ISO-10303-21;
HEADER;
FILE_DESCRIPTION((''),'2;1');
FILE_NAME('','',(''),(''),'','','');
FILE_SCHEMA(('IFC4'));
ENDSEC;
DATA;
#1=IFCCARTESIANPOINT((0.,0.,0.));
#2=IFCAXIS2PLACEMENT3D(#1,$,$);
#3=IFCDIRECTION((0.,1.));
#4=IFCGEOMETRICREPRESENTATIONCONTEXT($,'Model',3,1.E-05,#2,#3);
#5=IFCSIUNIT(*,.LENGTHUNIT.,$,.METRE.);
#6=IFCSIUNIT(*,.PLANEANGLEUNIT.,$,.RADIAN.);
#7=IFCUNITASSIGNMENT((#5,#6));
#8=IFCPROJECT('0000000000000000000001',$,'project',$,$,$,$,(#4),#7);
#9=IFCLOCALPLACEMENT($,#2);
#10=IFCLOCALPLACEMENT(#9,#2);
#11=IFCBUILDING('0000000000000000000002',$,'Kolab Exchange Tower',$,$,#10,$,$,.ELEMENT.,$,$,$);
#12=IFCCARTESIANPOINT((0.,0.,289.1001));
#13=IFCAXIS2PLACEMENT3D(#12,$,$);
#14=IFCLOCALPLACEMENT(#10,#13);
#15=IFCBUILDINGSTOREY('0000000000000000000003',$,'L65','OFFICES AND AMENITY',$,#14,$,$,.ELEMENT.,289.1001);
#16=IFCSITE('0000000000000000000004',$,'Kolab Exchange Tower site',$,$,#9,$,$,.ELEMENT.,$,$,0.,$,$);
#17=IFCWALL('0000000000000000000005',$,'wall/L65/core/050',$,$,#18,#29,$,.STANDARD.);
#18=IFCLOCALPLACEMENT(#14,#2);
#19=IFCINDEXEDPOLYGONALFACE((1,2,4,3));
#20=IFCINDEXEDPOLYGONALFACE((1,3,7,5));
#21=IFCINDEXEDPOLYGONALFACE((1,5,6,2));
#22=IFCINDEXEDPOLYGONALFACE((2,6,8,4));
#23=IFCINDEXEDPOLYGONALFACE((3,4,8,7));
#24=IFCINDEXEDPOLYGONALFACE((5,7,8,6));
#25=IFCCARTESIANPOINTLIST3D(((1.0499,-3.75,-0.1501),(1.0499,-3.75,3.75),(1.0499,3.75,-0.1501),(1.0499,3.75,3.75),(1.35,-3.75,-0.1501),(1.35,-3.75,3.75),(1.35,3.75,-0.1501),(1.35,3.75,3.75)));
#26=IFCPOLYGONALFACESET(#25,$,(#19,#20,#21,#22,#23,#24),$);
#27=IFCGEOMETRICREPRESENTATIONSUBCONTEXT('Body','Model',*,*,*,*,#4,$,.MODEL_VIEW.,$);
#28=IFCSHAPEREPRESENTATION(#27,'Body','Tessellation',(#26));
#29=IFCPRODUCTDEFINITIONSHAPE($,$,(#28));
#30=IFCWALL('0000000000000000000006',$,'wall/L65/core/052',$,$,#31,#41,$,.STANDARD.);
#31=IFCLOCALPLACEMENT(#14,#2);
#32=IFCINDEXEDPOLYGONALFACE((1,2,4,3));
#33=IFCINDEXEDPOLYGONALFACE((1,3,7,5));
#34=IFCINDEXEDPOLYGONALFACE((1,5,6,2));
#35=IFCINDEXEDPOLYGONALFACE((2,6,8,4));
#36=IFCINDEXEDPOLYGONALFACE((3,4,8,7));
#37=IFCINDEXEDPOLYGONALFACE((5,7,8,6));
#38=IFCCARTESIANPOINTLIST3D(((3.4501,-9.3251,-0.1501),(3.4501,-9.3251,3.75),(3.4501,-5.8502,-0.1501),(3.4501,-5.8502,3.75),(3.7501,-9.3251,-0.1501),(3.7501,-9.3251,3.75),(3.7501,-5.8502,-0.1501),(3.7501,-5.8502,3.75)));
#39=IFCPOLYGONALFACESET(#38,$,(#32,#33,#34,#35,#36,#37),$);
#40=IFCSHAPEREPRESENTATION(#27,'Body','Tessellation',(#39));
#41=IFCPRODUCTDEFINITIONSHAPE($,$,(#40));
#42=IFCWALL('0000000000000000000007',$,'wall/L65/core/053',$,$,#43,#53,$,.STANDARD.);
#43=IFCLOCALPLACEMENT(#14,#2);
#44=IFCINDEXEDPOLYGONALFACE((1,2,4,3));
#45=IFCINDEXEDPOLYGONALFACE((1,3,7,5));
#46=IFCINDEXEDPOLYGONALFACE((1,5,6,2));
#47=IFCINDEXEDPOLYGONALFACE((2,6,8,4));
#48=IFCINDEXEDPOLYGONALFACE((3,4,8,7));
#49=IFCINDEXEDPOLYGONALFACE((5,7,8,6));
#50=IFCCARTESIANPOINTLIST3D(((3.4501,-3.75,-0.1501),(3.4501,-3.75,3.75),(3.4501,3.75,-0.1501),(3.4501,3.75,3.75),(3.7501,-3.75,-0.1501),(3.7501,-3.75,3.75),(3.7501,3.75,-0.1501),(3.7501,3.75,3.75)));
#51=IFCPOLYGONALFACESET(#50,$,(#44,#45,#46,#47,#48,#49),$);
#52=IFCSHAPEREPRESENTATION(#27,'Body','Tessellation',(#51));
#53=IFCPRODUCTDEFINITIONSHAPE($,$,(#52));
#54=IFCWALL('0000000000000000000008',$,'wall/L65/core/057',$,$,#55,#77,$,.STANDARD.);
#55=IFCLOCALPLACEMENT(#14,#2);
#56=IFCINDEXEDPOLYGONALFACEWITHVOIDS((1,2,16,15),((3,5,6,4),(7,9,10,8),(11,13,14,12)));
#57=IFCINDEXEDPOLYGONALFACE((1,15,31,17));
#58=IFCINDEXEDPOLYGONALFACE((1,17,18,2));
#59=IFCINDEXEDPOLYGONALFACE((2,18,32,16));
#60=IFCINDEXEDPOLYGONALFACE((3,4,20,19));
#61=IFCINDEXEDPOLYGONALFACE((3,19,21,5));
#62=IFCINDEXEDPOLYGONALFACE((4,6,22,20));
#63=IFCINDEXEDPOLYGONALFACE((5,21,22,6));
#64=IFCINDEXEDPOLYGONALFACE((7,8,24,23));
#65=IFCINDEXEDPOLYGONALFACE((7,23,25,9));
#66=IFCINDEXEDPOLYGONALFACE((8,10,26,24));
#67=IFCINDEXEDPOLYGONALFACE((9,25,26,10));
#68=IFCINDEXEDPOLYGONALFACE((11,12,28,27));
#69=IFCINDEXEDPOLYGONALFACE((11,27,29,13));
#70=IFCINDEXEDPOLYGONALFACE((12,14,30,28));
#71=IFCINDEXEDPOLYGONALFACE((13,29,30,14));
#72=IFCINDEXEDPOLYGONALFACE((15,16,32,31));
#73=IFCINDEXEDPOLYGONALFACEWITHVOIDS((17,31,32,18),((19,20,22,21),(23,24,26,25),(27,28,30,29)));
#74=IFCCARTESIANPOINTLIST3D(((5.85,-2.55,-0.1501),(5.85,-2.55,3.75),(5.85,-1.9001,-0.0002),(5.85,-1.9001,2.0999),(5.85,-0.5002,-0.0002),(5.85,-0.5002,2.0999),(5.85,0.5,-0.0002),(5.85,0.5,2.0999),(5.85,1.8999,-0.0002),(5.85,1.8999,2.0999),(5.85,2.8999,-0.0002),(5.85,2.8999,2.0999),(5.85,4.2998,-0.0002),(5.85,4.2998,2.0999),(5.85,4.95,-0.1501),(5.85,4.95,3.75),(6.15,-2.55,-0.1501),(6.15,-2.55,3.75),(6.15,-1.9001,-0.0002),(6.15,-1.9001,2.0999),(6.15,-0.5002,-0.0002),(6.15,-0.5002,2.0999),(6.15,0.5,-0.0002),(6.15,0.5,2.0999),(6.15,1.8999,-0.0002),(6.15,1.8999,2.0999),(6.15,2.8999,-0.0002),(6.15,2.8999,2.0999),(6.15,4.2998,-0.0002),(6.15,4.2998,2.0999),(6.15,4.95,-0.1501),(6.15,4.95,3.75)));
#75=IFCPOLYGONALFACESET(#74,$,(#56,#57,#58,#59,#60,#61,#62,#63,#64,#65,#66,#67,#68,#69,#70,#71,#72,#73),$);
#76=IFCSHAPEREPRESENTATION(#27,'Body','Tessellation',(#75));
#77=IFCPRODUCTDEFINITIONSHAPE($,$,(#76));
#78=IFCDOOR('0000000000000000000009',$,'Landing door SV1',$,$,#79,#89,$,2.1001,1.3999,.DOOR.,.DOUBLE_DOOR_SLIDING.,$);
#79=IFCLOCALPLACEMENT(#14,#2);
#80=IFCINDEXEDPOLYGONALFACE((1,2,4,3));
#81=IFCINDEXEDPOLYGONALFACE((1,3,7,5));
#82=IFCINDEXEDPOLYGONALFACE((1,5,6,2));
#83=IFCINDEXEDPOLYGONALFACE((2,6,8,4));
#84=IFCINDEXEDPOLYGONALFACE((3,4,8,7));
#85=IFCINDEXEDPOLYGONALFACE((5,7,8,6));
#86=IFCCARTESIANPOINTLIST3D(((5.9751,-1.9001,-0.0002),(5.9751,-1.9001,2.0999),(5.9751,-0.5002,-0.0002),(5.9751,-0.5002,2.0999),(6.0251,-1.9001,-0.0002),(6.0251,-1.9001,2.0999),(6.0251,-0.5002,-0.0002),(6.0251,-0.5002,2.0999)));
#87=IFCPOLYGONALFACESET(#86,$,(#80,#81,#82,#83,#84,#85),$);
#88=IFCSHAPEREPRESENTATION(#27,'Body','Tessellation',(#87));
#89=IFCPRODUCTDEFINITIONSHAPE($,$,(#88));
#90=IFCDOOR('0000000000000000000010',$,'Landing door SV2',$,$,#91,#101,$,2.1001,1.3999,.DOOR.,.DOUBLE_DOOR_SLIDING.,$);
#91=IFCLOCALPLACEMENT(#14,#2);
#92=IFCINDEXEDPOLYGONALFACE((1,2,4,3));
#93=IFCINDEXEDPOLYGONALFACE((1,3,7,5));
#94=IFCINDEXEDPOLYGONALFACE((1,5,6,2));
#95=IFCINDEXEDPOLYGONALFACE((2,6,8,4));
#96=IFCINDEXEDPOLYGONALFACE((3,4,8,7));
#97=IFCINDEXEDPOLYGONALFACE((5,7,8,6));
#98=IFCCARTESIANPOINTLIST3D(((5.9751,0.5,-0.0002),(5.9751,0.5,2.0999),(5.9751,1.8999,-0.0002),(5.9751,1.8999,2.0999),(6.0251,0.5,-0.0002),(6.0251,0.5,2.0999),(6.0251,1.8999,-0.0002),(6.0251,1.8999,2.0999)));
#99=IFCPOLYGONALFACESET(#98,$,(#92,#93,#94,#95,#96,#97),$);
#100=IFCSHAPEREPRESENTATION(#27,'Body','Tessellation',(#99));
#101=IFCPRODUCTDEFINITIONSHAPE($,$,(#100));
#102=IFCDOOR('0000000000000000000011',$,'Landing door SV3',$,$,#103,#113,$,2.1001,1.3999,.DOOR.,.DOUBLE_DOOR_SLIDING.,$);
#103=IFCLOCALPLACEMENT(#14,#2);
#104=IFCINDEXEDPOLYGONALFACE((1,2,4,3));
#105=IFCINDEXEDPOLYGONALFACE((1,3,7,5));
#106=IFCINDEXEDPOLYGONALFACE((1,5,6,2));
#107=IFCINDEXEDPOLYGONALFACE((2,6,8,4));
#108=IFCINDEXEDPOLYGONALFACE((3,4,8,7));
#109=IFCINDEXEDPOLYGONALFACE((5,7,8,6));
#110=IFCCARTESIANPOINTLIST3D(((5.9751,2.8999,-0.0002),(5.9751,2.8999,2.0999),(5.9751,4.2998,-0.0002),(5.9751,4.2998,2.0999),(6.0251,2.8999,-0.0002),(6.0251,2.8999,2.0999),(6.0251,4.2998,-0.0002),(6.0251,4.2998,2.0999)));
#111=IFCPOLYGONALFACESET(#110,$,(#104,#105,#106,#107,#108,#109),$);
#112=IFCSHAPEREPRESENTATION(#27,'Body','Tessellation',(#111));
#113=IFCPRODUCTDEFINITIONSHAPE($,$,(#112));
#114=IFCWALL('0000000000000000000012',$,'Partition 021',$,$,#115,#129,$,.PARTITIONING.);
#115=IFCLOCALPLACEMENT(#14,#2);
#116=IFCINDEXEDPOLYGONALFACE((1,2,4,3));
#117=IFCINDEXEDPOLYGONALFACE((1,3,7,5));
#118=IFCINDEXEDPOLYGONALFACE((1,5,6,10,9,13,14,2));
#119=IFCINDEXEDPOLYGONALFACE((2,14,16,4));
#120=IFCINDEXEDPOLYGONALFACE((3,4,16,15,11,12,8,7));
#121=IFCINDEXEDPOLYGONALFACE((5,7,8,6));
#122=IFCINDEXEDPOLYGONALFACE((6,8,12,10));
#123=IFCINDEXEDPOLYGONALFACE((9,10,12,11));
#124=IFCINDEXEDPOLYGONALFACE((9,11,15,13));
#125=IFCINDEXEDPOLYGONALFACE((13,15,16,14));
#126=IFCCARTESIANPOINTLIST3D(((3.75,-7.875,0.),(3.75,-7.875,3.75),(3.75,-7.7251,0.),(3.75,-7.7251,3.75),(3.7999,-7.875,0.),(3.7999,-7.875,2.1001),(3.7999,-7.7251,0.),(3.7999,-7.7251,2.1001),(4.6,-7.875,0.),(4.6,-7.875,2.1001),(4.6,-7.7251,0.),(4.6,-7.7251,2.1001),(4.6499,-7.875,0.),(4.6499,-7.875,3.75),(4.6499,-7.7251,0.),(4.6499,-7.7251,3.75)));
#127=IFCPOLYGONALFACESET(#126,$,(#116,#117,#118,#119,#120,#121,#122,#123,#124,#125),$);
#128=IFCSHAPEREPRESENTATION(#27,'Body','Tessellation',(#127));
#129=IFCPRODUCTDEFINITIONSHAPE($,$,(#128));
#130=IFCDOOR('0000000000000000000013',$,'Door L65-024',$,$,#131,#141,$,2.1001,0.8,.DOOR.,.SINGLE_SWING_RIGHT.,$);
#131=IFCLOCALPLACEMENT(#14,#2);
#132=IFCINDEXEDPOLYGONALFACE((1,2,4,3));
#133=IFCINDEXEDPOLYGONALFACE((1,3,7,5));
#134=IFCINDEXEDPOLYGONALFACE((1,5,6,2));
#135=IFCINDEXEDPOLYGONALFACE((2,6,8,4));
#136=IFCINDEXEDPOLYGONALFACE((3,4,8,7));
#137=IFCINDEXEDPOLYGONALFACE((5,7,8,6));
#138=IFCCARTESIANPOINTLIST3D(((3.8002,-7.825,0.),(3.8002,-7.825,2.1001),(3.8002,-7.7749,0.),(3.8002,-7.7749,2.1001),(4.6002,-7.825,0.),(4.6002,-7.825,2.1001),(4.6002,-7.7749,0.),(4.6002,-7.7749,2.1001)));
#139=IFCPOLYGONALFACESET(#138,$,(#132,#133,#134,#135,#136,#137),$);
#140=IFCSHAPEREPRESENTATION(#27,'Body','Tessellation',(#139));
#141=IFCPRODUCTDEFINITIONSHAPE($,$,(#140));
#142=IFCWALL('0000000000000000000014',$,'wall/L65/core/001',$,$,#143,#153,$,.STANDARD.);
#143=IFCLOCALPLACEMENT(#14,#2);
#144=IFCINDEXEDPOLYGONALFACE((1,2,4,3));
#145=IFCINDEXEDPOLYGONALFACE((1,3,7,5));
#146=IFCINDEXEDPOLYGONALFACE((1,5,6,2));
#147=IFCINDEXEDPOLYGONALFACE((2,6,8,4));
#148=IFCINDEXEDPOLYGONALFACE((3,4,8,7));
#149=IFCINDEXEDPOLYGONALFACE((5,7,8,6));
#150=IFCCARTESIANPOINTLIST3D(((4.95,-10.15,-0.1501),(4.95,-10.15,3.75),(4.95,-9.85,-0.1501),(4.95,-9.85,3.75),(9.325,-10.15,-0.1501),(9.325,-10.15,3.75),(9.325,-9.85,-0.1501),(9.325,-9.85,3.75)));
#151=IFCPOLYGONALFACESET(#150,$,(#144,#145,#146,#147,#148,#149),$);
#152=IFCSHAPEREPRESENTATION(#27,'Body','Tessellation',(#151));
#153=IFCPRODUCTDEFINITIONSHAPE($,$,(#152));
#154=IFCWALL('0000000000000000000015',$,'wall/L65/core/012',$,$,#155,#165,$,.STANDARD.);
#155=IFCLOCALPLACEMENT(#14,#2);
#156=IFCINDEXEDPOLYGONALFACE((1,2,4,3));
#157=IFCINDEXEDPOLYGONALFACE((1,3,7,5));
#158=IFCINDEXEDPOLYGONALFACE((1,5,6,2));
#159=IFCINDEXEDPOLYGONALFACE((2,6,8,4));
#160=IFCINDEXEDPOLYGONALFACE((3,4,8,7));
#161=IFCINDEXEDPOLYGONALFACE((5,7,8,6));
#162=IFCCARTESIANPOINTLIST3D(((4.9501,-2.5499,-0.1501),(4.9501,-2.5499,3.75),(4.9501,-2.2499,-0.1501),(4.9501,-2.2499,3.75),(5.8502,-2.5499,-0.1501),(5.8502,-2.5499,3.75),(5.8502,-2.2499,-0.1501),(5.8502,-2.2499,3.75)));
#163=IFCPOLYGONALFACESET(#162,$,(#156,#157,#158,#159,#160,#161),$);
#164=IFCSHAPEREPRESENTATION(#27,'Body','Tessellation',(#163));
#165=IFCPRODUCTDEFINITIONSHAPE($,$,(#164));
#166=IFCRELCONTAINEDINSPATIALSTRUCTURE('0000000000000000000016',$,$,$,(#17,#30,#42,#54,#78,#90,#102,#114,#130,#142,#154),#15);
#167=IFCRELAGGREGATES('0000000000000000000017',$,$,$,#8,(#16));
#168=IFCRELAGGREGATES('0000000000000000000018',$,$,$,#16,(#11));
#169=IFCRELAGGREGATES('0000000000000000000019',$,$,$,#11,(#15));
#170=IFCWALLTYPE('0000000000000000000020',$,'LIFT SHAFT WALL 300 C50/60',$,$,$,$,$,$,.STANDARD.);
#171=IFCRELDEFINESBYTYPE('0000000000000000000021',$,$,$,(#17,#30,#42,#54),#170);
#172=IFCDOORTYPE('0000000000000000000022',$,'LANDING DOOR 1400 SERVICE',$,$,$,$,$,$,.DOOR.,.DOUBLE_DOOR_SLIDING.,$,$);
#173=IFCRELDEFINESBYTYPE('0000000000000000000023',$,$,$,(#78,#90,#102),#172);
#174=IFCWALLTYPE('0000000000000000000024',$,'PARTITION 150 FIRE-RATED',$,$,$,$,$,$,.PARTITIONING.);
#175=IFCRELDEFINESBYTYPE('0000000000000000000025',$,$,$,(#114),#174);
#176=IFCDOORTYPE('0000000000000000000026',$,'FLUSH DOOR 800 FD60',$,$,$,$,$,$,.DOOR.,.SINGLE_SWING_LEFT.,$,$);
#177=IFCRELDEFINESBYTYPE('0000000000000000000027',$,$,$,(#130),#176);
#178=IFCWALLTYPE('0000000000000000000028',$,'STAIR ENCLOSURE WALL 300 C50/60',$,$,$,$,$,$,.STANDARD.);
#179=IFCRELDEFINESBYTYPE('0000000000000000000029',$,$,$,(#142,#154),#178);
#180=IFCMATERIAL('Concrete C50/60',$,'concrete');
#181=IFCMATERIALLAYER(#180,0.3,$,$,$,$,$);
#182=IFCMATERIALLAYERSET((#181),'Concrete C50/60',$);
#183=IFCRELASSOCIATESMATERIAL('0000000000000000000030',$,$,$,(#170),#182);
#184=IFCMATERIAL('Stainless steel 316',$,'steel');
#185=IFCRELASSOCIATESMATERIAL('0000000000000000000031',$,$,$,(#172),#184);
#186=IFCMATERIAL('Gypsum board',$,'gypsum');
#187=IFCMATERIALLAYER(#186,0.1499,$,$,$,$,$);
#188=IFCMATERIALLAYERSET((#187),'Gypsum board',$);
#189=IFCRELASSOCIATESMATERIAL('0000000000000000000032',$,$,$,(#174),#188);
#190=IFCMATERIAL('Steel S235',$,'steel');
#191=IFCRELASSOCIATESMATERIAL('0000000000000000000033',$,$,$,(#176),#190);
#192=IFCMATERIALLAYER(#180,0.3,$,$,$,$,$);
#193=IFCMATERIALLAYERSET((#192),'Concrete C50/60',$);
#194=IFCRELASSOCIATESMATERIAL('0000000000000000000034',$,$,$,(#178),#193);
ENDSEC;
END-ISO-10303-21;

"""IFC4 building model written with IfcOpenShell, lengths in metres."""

from ifc_helpers import new_model, si_unit, direction, frame, frame_2d, origin, place, context, subcontext, project, spatial, rectangle, extrude, material, layer, layer_set, type_object, element, fill, save


model = new_model("IFC4")

# Units and contexts
model_context = context("Model", 3, precision=1e-05, world=origin(), true_north=direction((0.0, 1.0)))
body_context = subcontext(model_context, "Body", "Model", "MODEL_VIEW")
ifc_project = project(units=[si_unit("LENGTHUNIT", "METRE"), si_unit("PLANEANGLEUNIT", "RADIAN")], contexts=[model_context])

# Site, building, storey
site_placement = place(None, origin())
site = spatial("IfcSite", under=ifc_project, at=site_placement, Name="Kolab Exchange Tower site", CompositionType="ELEMENT", RefElevation=0.0)
building_placement = place(site_placement, origin())
building = spatial("IfcBuilding", under=site, at=building_placement, Name="Kolab Exchange Tower", CompositionType="ELEMENT")
storey_placement = place(building_placement, frame((0.0, 0.0, 289.1001)))
storey = spatial("IfcBuildingStorey", under=building, at=storey_placement, Name="L65", Description="OFFICES AND AMENITY", CompositionType="ELEMENT", Elevation=289.1001)

# Shared definitions
ifc_material_1 = material(Name="Concrete C50/60", Category="concrete")
ifc_layer_1 = layer(ifc_material_1, 0.3)
ifc_layer_set_1 = layer_set([ifc_layer_1], Name="Concrete C50/60")
wall_type_1 = type_object("IfcWallType", Name="LIFT SHAFT WALL 300 C50/60", PredefinedType="STANDARD", material=ifc_layer_set_1)
ifc_material_2 = material(Name="Stainless steel 316", Category="steel")

# Walls
wall_1_placement = place(storey_placement, frame((1.2, -3.75, -0.1501), z_axis=(0.0, 0.0, 1.0), x_axis=(0.0, 1.0, 0.0)))
element("IfcWall", 1, at=wall_1_placement, inside=storey, type_object=wall_type_1, Name="wall/L65/core/050", PredefinedType="STANDARD", context=body_context, shape_type="SweptSolid", body=[
    extrude(rectangle(XDim=7.5, YDim=0.3, at=frame_2d((3.75, 0.0))), origin(), (0.0, 0.0, 1.0), 3.9001),
])
wall_2_placement = place(storey_placement, frame((3.6001, -9.325, -0.1501), z_axis=(0.0, 0.0, 1.0), x_axis=(0.0, 1.0, 0.0)))
element("IfcWall", 2, at=wall_2_placement, inside=storey, type_object=wall_type_1, Name="wall/L65/core/052", PredefinedType="STANDARD", context=body_context, shape_type="SweptSolid", body=[
    extrude(rectangle(XDim=3.4749, YDim=0.3, at=frame_2d((1.7373, 0.0))), origin(), (0.0, 0.0, 1.0), 3.9001),
])
wall_3_placement = place(storey_placement, frame((3.6001, -3.75, -0.1501), z_axis=(0.0, 0.0, 1.0), x_axis=(0.0, 1.0, 0.0)))
element("IfcWall", 3, at=wall_3_placement, inside=storey, type_object=wall_type_1, Name="wall/L65/core/053", PredefinedType="STANDARD", context=body_context, shape_type="SweptSolid", body=[
    extrude(rectangle(XDim=7.5, YDim=0.3, at=frame_2d((3.75, 0.0))), origin(), (0.0, 0.0, 1.0), 3.9001),
])

# Wall, openings, doors
wall_4_placement = place(storey_placement, frame((6.0, -2.55, -0.1501), z_axis=(0.0, 0.0, 1.0), x_axis=(0.0, 1.0, 0.0)))
wall_4 = element("IfcWall", 4, at=wall_4_placement, inside=storey, type_object=wall_type_1, Name="wall/L65/core/057", PredefinedType="STANDARD", context=body_context, shape_type="SweptSolid", body=[
    extrude(rectangle(XDim=7.5, YDim=0.3, at=frame_2d((3.75, 0.0))), origin(), (0.0, 0.0, 1.0), 3.9001),
])
opening_1_placement = place(wall_4_placement, frame((0.6499, 0.0, 0.1499)))
opening_1 = element("IfcOpeningElement", 5, at=opening_1_placement, cuts=wall_4, PredefinedType="OPENING", context=body_context, shape_type="SweptSolid", body=[
    extrude(rectangle(XDim=1.3999, YDim=2.1001, at=frame_2d((0.7, 1.05))), frame((0.0, 0.1602, 0.0), z_axis=(0.0, -1.0, 0.0), x_axis=(1.0, 0.0, 0.0)), (0.0, 0.0, 1.0), 0.3201),
])
opening_2_placement = place(wall_4_placement, frame((3.05, 0.0, 0.1499)))
opening_2 = element("IfcOpeningElement", 6, at=opening_2_placement, cuts=wall_4, PredefinedType="OPENING", context=body_context, shape_type="SweptSolid", body=[
    extrude(rectangle(XDim=1.3999, YDim=2.1001, at=frame_2d((0.7, 1.05))), frame((0.0, 0.1602, 0.0), z_axis=(0.0, -1.0, 0.0), x_axis=(1.0, 0.0, 0.0)), (0.0, 0.0, 1.0), 0.3201),
])
opening_3_placement = place(wall_4_placement, frame((5.45, 0.0, 0.1499)))
opening_3 = element("IfcOpeningElement", 7, at=opening_3_placement, cuts=wall_4, PredefinedType="OPENING", context=body_context, shape_type="SweptSolid", body=[
    extrude(rectangle(XDim=1.3999, YDim=2.1001, at=frame_2d((0.7, 1.05))), frame((0.0, 0.1602, 0.0), z_axis=(0.0, -1.0, 0.0), x_axis=(1.0, 0.0, 0.0)), (0.0, 0.0, 1.0), 0.3201),
])
door_type_1 = type_object("IfcDoorType", Name="LANDING DOOR 1400 SERVICE", OperationType="DOUBLE_DOOR_SLIDING", PredefinedType="DOOR", material=ifc_material_2)
door_1_placement = place(opening_1_placement, origin())
door_1 = element("IfcDoor", 8, at=door_1_placement, inside=storey, type_object=door_type_1, Name="Landing door SV1", OperationType="DOUBLE_DOOR_SLIDING", OverallHeight=2.1001, OverallWidth=1.3999, PredefinedType="DOOR", context=body_context, shape_type="SweptSolid", body=[
    extrude(rectangle(XDim=1.3999, YDim=2.1001, at=frame_2d((0.7, 1.05))), frame((0.0, 0.0249, 0.0), z_axis=(0.0, -1.0, 0.0), x_axis=(1.0, 0.0, 0.0)), (0.0, 0.0, 1.0), 0.05),
])
fill(opening_1, door_1)
door_2_placement = place(opening_2_placement, origin())
door_2 = element("IfcDoor", 9, at=door_2_placement, inside=storey, type_object=door_type_1, Name="Landing door SV2", OperationType="DOUBLE_DOOR_SLIDING", OverallHeight=2.1001, OverallWidth=1.3999, PredefinedType="DOOR", context=body_context, shape_type="SweptSolid", body=[
    extrude(rectangle(XDim=1.3999, YDim=2.1001, at=frame_2d((0.7, 1.05))), frame((0.0, 0.0249, 0.0), z_axis=(0.0, -1.0, 0.0), x_axis=(1.0, 0.0, 0.0)), (0.0, 0.0, 1.0), 0.05),
])
fill(opening_2, door_2)
door_3_placement = place(opening_3_placement, origin())
door_3 = element("IfcDoor", 10, at=door_3_placement, inside=storey, type_object=door_type_1, Name="Landing door SV3", OperationType="DOUBLE_DOOR_SLIDING", OverallHeight=2.1001, OverallWidth=1.3999, PredefinedType="DOOR", context=body_context, shape_type="SweptSolid", body=[
    extrude(rectangle(XDim=1.3999, YDim=2.1001, at=frame_2d((0.7, 1.05))), frame((0.0, 0.0249, 0.0), z_axis=(0.0, -1.0, 0.0), x_axis=(1.0, 0.0, 0.0)), (0.0, 0.0, 1.0), 0.05),
])
fill(opening_3, door_3)

# Wall, opening, door
ifc_material_3 = material(Name="Gypsum board", Category="gypsum")
ifc_layer_2 = layer(ifc_material_3, 0.1499)
ifc_layer_set_2 = layer_set([ifc_layer_2], Name="Gypsum board")
wall_type_2 = type_object("IfcWallType", Name="PARTITION 150 FIRE-RATED", PredefinedType="PARTITIONING", material=ifc_layer_set_2)
wall_5_placement = place(storey_placement, frame((3.75, -7.8, 0.0), z_axis=(0.0, 0.0, 1.0), x_axis=(1.0, 0.0, 0.0)))
wall_5 = element("IfcWall", 11, at=wall_5_placement, inside=storey, type_object=wall_type_2, Name="Partition 021", PredefinedType="PARTITIONING", context=body_context, shape_type="SweptSolid", body=[
    extrude(rectangle(XDim=0.8999, YDim=0.1499, at=frame_2d((0.45, 0.0))), origin(), (0.0, 0.0, 1.0), 3.75),
])
opening_4_placement = place(wall_5_placement, frame((0.05, 0.0, 0.0)))
opening_4 = element("IfcOpeningElement", 12, at=opening_4_placement, cuts=wall_5, PredefinedType="OPENING", context=body_context, shape_type="SweptSolid", body=[
    extrude(rectangle(XDim=0.8, YDim=2.1001, at=frame_2d((0.3999, 1.05))), frame((0.0, 0.085, 0.0), z_axis=(0.0, -1.0, 0.0), x_axis=(1.0, 0.0, 0.0)), (0.0, 0.0, 1.0), 0.1699),
])
ifc_material_4 = material(Name="Steel S235", Category="steel")
door_type_2 = type_object("IfcDoorType", Name="FLUSH DOOR 800 FD60", OperationType="SINGLE_SWING_LEFT", PredefinedType="DOOR", material=ifc_material_4)
door_4_placement = place(opening_4_placement, frame((0.8, 0.0, 0.0), z_axis=(0.0, 0.0, 1.0), x_axis=(-1.0, 0.0, 0.0)))
door_4 = element("IfcDoor", 13, at=door_4_placement, inside=storey, type_object=door_type_2, Name="Door L65-024", OperationType="SINGLE_SWING_RIGHT", OverallHeight=2.1001, OverallWidth=0.8, PredefinedType="DOOR", context=body_context, shape_type="SweptSolid", body=[
    extrude(rectangle(XDim=0.8, YDim=2.1001, at=frame_2d((0.3999, 1.05))), frame((0.0, 0.0249, 0.0), z_axis=(0.0, -1.0, 0.0), x_axis=(1.0, 0.0, 0.0)), (0.0, 0.0, 1.0), 0.05),
])
fill(opening_4, door_4)

# Walls
ifc_layer_3 = layer(ifc_material_1, 0.3)
ifc_layer_set_3 = layer_set([ifc_layer_3], Name="Concrete C50/60")
wall_type_3 = type_object("IfcWallType", Name="STAIR ENCLOSURE WALL 300 C50/60", PredefinedType="STANDARD", material=ifc_layer_set_3)
wall_6_placement = place(storey_placement, frame((4.95, -10.0, -0.1501), z_axis=(0.0, 0.0, 1.0), x_axis=(1.0, 0.0, 0.0)))
element("IfcWall", 14, at=wall_6_placement, inside=storey, type_object=wall_type_3, Name="wall/L65/core/001", PredefinedType="STANDARD", context=body_context, shape_type="SweptSolid", body=[
    extrude(rectangle(XDim=4.375, YDim=0.3, at=frame_2d((2.1875, 0.0))), origin(), (0.0, 0.0, 1.0), 3.9001),
])
wall_7_placement = place(storey_placement, frame((4.95, -2.3999, -0.1501), z_axis=(0.0, 0.0, 1.0), x_axis=(1.0, 0.0, 0.0)))
element("IfcWall", 15, at=wall_7_placement, inside=storey, type_object=wall_type_3, Name="wall/L65/core/012", PredefinedType="STANDARD", context=body_context, shape_type="SweptSolid", body=[
    extrude(rectangle(XDim=0.9001, YDim=0.3, at=frame_2d((0.4502, 0.0))), origin(), (0.0, 0.0, 1.0), 3.9001),
])

save(model, "model.ifc")
